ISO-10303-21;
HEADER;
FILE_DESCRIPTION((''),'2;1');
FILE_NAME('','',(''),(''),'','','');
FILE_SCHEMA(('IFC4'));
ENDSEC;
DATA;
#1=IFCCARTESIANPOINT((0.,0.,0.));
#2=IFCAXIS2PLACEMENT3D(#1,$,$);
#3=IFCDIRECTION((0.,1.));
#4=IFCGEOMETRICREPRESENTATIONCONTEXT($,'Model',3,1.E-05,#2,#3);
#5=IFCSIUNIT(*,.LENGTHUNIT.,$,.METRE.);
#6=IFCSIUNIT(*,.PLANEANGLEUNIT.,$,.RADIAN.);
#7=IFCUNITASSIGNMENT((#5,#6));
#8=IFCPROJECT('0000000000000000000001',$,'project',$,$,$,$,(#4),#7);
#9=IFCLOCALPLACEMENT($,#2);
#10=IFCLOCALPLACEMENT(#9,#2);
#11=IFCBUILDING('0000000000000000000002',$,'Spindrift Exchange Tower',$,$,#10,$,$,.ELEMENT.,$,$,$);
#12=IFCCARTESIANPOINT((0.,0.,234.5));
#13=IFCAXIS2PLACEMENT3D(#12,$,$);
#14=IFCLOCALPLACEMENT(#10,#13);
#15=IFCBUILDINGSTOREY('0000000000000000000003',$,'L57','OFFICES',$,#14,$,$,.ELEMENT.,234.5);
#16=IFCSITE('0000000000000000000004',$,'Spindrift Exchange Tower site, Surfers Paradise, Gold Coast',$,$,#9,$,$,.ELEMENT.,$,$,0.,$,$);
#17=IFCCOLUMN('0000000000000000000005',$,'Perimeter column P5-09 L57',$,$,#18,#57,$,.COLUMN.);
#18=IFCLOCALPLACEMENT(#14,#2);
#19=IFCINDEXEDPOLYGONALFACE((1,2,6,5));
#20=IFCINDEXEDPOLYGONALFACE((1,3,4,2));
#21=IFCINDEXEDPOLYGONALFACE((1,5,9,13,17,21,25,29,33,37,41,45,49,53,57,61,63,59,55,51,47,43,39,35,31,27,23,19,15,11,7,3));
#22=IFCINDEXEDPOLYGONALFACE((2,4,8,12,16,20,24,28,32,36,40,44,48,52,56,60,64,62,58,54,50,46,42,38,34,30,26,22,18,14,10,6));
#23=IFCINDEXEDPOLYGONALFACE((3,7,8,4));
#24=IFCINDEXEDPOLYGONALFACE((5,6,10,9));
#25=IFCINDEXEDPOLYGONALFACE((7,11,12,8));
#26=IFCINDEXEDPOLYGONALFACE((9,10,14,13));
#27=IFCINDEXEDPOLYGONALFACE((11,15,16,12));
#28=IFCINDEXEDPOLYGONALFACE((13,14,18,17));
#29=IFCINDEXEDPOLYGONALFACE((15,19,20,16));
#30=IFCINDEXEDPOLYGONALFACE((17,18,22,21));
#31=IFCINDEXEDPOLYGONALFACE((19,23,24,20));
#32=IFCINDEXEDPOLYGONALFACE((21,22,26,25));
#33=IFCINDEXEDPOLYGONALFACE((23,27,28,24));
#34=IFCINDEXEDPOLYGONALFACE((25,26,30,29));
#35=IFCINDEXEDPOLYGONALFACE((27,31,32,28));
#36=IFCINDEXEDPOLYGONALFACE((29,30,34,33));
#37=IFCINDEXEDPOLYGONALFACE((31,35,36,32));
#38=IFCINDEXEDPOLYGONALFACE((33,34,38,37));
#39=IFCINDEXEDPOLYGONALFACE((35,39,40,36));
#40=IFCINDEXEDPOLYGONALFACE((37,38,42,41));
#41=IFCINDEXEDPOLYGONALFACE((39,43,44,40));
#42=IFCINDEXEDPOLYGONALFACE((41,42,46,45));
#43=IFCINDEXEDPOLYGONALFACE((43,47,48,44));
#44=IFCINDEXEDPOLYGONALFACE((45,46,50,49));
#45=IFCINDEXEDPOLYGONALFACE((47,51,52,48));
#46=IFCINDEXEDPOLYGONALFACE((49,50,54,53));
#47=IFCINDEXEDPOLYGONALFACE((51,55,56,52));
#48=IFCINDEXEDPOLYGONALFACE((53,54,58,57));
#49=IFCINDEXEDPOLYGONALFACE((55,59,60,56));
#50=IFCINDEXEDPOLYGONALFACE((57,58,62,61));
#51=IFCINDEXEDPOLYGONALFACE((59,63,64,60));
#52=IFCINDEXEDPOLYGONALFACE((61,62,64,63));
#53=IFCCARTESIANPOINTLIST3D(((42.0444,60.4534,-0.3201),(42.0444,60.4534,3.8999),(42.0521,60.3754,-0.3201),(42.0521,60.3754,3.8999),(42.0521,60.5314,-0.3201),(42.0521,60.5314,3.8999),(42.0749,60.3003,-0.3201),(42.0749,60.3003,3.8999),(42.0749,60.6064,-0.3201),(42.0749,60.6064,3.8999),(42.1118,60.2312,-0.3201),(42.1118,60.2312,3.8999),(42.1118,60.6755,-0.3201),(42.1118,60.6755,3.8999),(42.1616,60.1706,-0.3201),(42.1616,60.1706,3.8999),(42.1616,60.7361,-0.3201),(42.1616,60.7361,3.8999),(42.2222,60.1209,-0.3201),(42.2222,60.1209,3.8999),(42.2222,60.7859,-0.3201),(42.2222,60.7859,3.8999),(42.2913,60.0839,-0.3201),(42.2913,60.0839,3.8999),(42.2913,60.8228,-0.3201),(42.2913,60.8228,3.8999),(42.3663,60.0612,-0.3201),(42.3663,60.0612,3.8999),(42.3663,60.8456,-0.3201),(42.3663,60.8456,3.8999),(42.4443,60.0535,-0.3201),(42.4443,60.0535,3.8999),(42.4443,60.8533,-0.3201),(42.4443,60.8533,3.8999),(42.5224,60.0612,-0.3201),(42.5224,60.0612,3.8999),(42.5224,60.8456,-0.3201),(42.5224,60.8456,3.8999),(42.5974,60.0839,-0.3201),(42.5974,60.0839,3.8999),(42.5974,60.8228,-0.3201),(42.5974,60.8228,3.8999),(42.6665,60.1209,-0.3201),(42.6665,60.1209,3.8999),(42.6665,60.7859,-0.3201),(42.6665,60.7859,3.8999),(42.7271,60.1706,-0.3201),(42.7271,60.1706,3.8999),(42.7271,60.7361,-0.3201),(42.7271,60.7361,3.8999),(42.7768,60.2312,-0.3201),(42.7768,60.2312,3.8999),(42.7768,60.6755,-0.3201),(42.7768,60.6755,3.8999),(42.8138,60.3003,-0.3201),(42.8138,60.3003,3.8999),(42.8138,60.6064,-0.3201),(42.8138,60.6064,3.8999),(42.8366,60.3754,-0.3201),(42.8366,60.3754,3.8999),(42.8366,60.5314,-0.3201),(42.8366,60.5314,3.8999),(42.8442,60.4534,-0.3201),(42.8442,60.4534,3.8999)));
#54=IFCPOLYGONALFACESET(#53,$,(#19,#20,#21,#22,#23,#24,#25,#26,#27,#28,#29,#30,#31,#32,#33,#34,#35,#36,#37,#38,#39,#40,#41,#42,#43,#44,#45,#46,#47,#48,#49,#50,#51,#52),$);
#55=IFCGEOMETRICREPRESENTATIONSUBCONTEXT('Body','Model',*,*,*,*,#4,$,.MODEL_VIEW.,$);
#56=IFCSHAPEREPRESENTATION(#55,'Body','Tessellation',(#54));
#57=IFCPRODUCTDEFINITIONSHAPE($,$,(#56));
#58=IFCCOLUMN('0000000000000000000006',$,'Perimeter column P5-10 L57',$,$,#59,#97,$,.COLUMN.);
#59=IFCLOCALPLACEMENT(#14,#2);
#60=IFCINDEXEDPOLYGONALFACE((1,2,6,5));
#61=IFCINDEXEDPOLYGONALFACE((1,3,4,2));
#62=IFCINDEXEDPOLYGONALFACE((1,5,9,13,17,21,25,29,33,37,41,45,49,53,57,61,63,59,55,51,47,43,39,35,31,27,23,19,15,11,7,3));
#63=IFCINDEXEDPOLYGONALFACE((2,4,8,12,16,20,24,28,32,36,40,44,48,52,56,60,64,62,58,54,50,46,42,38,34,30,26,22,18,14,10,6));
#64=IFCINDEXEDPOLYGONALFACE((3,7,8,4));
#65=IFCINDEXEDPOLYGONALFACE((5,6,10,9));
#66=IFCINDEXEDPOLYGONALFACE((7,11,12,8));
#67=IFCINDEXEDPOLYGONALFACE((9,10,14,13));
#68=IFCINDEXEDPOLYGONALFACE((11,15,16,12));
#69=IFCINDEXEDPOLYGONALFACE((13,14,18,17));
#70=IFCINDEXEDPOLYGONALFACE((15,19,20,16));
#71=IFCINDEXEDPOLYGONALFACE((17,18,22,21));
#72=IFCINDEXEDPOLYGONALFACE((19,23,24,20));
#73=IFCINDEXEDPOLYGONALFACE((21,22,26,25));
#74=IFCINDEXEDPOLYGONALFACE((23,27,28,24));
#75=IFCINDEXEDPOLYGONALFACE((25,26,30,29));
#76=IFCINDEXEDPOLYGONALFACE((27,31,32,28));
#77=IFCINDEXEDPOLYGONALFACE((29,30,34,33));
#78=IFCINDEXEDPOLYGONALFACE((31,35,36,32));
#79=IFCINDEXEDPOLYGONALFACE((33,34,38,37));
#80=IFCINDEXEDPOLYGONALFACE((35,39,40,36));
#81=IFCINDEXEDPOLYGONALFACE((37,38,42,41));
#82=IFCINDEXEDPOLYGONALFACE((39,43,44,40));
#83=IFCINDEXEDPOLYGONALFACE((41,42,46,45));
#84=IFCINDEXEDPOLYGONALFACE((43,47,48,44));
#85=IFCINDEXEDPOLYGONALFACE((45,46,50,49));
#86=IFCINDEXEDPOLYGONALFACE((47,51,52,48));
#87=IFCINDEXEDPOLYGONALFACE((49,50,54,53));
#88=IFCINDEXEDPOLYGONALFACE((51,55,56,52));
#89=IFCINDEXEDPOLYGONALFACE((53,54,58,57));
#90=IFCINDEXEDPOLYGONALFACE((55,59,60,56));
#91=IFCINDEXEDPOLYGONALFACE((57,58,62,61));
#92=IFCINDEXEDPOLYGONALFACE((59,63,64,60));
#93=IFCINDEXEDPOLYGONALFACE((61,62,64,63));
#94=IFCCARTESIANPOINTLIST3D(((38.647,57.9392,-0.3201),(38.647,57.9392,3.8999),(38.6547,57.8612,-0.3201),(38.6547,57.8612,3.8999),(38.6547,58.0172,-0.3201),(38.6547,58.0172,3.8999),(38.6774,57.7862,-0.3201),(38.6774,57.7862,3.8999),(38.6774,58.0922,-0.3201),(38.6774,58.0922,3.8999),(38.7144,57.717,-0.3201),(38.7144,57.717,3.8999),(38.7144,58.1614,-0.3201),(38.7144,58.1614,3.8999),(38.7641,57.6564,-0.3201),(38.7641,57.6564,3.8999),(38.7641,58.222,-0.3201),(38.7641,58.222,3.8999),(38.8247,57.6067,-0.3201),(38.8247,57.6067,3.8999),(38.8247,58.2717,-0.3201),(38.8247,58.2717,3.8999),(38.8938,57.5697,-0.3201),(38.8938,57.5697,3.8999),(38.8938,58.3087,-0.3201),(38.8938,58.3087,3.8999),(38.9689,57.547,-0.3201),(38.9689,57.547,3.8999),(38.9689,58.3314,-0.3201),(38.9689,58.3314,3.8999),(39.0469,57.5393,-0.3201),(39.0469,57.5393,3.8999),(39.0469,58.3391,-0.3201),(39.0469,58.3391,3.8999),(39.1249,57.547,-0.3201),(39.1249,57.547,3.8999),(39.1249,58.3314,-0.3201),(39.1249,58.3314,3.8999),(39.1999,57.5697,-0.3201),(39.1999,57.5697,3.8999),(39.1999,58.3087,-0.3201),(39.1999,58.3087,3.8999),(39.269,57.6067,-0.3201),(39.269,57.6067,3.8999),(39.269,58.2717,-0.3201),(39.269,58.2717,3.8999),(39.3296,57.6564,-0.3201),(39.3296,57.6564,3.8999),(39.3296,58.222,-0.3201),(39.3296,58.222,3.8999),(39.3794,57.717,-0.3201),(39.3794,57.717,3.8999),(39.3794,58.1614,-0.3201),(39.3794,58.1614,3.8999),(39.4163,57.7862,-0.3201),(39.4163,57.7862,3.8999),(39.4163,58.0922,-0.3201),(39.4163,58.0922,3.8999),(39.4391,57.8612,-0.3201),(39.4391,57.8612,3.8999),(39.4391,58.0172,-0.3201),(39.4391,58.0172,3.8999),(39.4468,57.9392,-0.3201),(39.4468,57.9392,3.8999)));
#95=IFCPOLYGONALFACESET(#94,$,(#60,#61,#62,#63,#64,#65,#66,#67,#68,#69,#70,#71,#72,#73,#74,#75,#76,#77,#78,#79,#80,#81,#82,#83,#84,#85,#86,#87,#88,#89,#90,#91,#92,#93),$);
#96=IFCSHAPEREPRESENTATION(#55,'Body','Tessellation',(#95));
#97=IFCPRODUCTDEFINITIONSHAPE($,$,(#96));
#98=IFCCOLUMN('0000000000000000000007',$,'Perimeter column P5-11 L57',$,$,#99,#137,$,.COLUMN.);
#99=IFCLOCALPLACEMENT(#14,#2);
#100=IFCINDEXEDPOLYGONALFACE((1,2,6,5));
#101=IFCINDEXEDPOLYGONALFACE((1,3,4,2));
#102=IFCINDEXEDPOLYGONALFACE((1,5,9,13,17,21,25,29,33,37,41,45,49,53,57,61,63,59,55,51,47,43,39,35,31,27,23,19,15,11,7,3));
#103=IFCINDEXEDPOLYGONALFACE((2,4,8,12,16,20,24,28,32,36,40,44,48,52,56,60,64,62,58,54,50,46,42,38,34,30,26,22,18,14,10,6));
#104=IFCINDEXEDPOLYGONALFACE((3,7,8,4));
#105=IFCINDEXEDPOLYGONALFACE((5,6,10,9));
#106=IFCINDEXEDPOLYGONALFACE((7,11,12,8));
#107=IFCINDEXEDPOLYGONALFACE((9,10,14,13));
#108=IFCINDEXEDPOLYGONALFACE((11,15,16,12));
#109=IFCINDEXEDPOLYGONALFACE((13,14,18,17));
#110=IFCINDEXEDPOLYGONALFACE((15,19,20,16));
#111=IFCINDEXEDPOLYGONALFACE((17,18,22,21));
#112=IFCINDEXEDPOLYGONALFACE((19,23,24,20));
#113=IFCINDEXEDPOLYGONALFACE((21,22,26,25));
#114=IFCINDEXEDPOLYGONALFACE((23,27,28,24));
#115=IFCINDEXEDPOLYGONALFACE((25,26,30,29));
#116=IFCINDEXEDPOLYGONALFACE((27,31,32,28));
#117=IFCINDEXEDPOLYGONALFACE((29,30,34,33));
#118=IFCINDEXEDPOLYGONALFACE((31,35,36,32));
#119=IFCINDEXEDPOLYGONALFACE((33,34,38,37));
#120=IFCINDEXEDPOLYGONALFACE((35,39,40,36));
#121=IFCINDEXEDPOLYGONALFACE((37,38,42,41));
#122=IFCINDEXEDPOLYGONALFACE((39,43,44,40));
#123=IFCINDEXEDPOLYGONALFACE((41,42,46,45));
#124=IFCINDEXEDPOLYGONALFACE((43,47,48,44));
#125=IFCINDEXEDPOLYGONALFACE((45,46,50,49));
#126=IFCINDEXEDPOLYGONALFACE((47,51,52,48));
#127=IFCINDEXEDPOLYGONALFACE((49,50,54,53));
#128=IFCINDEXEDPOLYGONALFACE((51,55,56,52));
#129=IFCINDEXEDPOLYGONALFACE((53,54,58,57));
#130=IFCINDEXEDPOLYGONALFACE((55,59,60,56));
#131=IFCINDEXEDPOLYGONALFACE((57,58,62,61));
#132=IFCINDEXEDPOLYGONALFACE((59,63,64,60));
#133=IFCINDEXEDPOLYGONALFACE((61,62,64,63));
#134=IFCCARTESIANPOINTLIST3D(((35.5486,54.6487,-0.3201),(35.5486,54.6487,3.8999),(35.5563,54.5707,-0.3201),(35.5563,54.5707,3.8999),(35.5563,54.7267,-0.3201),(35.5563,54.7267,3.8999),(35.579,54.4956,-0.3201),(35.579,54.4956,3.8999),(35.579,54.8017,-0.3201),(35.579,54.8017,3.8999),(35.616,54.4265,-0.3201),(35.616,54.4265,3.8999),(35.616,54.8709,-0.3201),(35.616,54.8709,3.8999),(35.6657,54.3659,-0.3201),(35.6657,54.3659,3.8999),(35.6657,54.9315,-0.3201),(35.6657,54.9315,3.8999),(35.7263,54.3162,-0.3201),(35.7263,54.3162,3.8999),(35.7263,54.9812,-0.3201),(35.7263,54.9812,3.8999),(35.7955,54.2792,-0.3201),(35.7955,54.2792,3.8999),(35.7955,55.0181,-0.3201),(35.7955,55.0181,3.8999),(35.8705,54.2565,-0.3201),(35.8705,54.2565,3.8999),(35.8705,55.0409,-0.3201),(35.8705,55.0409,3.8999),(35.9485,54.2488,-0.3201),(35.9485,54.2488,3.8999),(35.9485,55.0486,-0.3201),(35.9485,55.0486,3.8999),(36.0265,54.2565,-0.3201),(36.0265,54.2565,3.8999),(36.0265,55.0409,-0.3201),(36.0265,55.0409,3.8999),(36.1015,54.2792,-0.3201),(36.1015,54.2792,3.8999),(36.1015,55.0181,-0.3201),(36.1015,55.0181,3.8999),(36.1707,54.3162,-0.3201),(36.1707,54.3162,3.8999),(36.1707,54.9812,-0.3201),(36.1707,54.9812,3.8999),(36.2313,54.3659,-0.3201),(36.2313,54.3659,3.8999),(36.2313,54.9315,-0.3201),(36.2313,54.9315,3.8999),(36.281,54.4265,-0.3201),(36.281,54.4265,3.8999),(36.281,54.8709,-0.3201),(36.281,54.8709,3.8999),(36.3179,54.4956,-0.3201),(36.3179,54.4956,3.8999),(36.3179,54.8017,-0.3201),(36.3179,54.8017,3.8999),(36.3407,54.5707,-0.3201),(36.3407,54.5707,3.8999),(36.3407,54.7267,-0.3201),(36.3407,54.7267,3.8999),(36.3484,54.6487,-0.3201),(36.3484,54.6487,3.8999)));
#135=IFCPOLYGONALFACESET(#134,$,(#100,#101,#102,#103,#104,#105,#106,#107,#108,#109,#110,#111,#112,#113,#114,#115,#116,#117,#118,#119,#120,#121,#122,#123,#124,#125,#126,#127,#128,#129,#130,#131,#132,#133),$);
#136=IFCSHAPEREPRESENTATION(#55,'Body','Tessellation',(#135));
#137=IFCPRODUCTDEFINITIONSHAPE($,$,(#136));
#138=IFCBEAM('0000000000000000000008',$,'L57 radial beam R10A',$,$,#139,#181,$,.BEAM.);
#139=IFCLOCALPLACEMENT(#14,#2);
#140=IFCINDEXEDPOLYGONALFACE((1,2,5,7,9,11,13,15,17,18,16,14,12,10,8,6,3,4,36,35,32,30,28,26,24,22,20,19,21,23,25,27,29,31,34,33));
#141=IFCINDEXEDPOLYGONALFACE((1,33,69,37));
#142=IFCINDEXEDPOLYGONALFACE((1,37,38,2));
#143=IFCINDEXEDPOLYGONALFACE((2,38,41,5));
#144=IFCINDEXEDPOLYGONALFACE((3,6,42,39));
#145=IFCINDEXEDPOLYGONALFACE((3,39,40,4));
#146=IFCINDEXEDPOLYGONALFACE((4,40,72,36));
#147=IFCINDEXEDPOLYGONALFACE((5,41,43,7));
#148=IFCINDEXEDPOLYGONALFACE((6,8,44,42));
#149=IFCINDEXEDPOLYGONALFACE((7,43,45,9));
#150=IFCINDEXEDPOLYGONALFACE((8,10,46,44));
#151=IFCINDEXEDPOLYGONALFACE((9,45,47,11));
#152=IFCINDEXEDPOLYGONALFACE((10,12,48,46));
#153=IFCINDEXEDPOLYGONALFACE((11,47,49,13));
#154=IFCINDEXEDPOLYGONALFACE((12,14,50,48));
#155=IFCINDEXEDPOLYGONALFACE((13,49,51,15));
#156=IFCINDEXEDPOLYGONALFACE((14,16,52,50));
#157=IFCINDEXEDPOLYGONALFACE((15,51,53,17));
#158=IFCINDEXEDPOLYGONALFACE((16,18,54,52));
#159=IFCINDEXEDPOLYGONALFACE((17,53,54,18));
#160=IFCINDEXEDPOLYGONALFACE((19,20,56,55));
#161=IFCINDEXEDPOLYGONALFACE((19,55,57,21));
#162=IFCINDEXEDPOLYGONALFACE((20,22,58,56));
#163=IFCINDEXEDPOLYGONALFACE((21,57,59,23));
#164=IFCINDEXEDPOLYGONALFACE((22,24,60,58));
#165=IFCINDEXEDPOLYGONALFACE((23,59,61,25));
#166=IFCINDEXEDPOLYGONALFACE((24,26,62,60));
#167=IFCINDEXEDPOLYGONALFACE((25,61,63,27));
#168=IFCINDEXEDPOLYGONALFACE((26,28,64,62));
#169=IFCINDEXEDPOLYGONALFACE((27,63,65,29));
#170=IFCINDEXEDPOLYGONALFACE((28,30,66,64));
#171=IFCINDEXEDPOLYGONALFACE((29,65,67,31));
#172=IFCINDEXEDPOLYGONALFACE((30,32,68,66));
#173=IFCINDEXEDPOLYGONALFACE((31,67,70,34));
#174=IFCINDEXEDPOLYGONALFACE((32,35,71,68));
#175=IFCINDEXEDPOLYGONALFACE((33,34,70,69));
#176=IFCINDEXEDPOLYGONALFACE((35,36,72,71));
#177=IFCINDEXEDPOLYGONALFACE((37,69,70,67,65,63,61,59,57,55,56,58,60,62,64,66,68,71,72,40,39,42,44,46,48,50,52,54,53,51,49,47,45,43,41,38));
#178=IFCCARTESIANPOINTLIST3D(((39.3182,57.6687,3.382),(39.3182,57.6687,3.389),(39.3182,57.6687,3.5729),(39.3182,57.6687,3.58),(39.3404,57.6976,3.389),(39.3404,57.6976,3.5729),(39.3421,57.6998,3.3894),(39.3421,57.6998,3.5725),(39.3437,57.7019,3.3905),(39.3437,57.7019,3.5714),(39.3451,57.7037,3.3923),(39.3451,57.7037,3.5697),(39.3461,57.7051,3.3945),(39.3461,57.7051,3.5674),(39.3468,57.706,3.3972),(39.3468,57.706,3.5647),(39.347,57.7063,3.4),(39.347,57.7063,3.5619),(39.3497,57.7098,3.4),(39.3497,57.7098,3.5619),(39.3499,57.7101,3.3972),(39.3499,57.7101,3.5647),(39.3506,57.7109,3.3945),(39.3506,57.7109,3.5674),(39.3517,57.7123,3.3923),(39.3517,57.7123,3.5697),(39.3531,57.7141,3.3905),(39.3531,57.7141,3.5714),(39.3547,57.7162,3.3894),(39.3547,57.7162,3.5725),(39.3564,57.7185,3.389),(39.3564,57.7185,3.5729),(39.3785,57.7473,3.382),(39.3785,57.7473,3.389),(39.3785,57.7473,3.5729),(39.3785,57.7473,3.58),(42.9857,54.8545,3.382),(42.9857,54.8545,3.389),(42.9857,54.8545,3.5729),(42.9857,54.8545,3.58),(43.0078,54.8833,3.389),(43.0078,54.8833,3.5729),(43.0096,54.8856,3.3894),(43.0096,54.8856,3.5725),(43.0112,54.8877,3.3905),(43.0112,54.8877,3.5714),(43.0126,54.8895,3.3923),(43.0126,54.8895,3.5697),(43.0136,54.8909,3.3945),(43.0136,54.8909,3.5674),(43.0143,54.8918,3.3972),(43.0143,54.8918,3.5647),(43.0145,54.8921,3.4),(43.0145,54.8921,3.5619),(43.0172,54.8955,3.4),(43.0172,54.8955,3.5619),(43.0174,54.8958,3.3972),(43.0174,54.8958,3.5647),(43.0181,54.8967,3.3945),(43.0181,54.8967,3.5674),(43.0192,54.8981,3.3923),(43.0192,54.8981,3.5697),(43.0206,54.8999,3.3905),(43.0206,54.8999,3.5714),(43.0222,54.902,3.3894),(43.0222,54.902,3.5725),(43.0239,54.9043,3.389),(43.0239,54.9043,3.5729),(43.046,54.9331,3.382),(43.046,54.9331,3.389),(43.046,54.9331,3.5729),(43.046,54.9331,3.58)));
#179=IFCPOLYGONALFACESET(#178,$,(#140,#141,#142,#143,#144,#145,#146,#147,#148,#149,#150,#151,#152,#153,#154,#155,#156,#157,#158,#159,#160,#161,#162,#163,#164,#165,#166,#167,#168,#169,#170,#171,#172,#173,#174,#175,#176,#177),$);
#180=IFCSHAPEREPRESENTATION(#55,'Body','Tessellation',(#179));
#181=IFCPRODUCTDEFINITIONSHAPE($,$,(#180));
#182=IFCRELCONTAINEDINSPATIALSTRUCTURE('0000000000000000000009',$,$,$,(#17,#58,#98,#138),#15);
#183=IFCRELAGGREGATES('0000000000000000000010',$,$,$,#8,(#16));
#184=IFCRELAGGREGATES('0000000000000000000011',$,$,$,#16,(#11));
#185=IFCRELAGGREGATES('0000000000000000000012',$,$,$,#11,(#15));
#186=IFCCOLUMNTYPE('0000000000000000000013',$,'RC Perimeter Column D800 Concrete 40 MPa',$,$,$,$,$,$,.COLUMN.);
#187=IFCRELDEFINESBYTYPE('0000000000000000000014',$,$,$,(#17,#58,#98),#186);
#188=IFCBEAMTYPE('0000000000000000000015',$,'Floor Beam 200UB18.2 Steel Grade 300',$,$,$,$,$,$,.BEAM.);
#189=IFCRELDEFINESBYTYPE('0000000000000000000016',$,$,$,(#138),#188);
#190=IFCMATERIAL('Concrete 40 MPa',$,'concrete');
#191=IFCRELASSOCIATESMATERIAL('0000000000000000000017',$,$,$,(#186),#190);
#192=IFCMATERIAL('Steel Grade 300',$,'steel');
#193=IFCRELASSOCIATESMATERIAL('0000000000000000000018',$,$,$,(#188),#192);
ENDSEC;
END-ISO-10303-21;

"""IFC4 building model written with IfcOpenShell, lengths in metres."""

from ifc_helpers import new_model, si_unit, direction, frame, origin, origin_2d, place, context, subcontext, project, spatial, circle, i_section, extrude, source, transform, mapped, material, material_profile, profile_set, type_object, element, save


model = new_model("IFC4")

# Units and contexts
model_context = context("Model", 3, precision=1e-05, world=origin(), true_north=direction((0.0, 1.0)))
body_context = subcontext(model_context, "Body", "Model", "MODEL_VIEW")
ifc_project = project(units=[si_unit("LENGTHUNIT", "METRE"), si_unit("PLANEANGLEUNIT", "RADIAN")], contexts=[model_context])

# Site, building, storey
site_placement = place(None, origin())
site = spatial("IfcSite", under=ifc_project, at=site_placement, Name="Spindrift Exchange Tower site, Surfers Paradise, Gold Coast", CompositionType="ELEMENT", RefElevation=0.0)
building_placement = place(site_placement, origin())
building = spatial("IfcBuilding", under=site, at=building_placement, Name="Spindrift Exchange Tower", CompositionType="ELEMENT")
storey_placement = place(building_placement, frame((0.0, 0.0, 234.5)))
storey = spatial("IfcBuildingStorey", under=building, at=storey_placement, Name="L57", Description="OFFICES", CompositionType="ELEMENT", Elevation=234.5)

# Columns
ifc_material_1 = material(Name="Concrete 40 MPa", Category="concrete")
ifc_material_profile_1 = material_profile(ifc_material_1, circle(Radius=0.3999, at=origin_2d()), Name="RC D800")
ifc_profile_set_1 = profile_set([ifc_material_profile_1], Name="Concrete 40 MPa")
column_type = type_object("IfcColumnType", Name="RC Perimeter Column D800 Concrete 40 MPa", PredefinedType="COLUMN", material=ifc_profile_set_1)
shared_shape_1 = source(origin(), body_context, "Body", "SweptSolid", [
    extrude(circle(Radius=0.3999, at=origin_2d()), origin(), (0.0, 0.0, 1.0), 4.22),
])
for number, where, z_axis, x_axis, name in (
    (1, (42.4443, 60.4534, -0.3201), (0.0, 0.0, 1.0), (1.0, 0.0, 0.0), "Perimeter column P5-09 L57"),
    (2, (39.0469, 57.9392, -0.3201), (0.0, 0.0, 1.0), (1.0, 0.0, 0.0), "Perimeter column P5-10 L57"),
    (3, (35.9485, 54.6487, -0.3201), (0.0, 0.0, 1.0), (1.0, 0.0, 0.0), "Perimeter column P5-11 L57"),
):
    element("IfcColumn", number, at=place(storey_placement, frame(where, z_axis=z_axis, x_axis=x_axis)), inside=storey, type_object=column_type, Name=name, PredefinedType="COLUMN", context=body_context, shape_type="MappedRepresentation", body=[
        mapped(shared_shape_1, transform((0.0, 0.0, 0.0), scale=1.0)),
    ])

# Beam
ifc_material_2 = material(Name="Steel Grade 300", Category="steel")
ifc_material_profile_2 = material_profile(ifc_material_2, i_section(OverallWidth=0.0991, OverallDepth=0.198, WebThickness=0.0044, FlangeThickness=0.0071, FilletRadius=0.011, at=origin_2d()), Name="200UB18.2")
ifc_profile_set_2 = profile_set([ifc_material_profile_2], Name="Steel Grade 300")
beam_type_1 = type_object("IfcBeamType", Name="Floor Beam 200UB18.2 Steel Grade 300", PredefinedType="BEAM", material=ifc_profile_set_2)
shared_shape_2 = source(origin(), body_context, "Body", "SweptSolid", [
    extrude(i_section(OverallWidth=0.0991, OverallDepth=0.198, WebThickness=0.0044, FlangeThickness=0.0071, FilletRadius=0.011, at=origin_2d()), origin(), (0.0, 0.0, 1.0), 4.6228),
])
beam_1_placement = place(storey_placement, frame((43.0159, 54.8938, 3.481), z_axis=(-0.793348, 0.608769, 0.0), x_axis=(-0.608769, -0.793348, 0.0)))
element("IfcBeam", 4, at=beam_1_placement, inside=storey, type_object=beam_type_1, Name="L57 radial beam R10A", PredefinedType="BEAM", context=body_context, shape_type="MappedRepresentation", body=[
    mapped(shared_shape_2, transform((0.0, 0.0, 0.0), scale=1.0)),
])

save(model, "model.ifc")
